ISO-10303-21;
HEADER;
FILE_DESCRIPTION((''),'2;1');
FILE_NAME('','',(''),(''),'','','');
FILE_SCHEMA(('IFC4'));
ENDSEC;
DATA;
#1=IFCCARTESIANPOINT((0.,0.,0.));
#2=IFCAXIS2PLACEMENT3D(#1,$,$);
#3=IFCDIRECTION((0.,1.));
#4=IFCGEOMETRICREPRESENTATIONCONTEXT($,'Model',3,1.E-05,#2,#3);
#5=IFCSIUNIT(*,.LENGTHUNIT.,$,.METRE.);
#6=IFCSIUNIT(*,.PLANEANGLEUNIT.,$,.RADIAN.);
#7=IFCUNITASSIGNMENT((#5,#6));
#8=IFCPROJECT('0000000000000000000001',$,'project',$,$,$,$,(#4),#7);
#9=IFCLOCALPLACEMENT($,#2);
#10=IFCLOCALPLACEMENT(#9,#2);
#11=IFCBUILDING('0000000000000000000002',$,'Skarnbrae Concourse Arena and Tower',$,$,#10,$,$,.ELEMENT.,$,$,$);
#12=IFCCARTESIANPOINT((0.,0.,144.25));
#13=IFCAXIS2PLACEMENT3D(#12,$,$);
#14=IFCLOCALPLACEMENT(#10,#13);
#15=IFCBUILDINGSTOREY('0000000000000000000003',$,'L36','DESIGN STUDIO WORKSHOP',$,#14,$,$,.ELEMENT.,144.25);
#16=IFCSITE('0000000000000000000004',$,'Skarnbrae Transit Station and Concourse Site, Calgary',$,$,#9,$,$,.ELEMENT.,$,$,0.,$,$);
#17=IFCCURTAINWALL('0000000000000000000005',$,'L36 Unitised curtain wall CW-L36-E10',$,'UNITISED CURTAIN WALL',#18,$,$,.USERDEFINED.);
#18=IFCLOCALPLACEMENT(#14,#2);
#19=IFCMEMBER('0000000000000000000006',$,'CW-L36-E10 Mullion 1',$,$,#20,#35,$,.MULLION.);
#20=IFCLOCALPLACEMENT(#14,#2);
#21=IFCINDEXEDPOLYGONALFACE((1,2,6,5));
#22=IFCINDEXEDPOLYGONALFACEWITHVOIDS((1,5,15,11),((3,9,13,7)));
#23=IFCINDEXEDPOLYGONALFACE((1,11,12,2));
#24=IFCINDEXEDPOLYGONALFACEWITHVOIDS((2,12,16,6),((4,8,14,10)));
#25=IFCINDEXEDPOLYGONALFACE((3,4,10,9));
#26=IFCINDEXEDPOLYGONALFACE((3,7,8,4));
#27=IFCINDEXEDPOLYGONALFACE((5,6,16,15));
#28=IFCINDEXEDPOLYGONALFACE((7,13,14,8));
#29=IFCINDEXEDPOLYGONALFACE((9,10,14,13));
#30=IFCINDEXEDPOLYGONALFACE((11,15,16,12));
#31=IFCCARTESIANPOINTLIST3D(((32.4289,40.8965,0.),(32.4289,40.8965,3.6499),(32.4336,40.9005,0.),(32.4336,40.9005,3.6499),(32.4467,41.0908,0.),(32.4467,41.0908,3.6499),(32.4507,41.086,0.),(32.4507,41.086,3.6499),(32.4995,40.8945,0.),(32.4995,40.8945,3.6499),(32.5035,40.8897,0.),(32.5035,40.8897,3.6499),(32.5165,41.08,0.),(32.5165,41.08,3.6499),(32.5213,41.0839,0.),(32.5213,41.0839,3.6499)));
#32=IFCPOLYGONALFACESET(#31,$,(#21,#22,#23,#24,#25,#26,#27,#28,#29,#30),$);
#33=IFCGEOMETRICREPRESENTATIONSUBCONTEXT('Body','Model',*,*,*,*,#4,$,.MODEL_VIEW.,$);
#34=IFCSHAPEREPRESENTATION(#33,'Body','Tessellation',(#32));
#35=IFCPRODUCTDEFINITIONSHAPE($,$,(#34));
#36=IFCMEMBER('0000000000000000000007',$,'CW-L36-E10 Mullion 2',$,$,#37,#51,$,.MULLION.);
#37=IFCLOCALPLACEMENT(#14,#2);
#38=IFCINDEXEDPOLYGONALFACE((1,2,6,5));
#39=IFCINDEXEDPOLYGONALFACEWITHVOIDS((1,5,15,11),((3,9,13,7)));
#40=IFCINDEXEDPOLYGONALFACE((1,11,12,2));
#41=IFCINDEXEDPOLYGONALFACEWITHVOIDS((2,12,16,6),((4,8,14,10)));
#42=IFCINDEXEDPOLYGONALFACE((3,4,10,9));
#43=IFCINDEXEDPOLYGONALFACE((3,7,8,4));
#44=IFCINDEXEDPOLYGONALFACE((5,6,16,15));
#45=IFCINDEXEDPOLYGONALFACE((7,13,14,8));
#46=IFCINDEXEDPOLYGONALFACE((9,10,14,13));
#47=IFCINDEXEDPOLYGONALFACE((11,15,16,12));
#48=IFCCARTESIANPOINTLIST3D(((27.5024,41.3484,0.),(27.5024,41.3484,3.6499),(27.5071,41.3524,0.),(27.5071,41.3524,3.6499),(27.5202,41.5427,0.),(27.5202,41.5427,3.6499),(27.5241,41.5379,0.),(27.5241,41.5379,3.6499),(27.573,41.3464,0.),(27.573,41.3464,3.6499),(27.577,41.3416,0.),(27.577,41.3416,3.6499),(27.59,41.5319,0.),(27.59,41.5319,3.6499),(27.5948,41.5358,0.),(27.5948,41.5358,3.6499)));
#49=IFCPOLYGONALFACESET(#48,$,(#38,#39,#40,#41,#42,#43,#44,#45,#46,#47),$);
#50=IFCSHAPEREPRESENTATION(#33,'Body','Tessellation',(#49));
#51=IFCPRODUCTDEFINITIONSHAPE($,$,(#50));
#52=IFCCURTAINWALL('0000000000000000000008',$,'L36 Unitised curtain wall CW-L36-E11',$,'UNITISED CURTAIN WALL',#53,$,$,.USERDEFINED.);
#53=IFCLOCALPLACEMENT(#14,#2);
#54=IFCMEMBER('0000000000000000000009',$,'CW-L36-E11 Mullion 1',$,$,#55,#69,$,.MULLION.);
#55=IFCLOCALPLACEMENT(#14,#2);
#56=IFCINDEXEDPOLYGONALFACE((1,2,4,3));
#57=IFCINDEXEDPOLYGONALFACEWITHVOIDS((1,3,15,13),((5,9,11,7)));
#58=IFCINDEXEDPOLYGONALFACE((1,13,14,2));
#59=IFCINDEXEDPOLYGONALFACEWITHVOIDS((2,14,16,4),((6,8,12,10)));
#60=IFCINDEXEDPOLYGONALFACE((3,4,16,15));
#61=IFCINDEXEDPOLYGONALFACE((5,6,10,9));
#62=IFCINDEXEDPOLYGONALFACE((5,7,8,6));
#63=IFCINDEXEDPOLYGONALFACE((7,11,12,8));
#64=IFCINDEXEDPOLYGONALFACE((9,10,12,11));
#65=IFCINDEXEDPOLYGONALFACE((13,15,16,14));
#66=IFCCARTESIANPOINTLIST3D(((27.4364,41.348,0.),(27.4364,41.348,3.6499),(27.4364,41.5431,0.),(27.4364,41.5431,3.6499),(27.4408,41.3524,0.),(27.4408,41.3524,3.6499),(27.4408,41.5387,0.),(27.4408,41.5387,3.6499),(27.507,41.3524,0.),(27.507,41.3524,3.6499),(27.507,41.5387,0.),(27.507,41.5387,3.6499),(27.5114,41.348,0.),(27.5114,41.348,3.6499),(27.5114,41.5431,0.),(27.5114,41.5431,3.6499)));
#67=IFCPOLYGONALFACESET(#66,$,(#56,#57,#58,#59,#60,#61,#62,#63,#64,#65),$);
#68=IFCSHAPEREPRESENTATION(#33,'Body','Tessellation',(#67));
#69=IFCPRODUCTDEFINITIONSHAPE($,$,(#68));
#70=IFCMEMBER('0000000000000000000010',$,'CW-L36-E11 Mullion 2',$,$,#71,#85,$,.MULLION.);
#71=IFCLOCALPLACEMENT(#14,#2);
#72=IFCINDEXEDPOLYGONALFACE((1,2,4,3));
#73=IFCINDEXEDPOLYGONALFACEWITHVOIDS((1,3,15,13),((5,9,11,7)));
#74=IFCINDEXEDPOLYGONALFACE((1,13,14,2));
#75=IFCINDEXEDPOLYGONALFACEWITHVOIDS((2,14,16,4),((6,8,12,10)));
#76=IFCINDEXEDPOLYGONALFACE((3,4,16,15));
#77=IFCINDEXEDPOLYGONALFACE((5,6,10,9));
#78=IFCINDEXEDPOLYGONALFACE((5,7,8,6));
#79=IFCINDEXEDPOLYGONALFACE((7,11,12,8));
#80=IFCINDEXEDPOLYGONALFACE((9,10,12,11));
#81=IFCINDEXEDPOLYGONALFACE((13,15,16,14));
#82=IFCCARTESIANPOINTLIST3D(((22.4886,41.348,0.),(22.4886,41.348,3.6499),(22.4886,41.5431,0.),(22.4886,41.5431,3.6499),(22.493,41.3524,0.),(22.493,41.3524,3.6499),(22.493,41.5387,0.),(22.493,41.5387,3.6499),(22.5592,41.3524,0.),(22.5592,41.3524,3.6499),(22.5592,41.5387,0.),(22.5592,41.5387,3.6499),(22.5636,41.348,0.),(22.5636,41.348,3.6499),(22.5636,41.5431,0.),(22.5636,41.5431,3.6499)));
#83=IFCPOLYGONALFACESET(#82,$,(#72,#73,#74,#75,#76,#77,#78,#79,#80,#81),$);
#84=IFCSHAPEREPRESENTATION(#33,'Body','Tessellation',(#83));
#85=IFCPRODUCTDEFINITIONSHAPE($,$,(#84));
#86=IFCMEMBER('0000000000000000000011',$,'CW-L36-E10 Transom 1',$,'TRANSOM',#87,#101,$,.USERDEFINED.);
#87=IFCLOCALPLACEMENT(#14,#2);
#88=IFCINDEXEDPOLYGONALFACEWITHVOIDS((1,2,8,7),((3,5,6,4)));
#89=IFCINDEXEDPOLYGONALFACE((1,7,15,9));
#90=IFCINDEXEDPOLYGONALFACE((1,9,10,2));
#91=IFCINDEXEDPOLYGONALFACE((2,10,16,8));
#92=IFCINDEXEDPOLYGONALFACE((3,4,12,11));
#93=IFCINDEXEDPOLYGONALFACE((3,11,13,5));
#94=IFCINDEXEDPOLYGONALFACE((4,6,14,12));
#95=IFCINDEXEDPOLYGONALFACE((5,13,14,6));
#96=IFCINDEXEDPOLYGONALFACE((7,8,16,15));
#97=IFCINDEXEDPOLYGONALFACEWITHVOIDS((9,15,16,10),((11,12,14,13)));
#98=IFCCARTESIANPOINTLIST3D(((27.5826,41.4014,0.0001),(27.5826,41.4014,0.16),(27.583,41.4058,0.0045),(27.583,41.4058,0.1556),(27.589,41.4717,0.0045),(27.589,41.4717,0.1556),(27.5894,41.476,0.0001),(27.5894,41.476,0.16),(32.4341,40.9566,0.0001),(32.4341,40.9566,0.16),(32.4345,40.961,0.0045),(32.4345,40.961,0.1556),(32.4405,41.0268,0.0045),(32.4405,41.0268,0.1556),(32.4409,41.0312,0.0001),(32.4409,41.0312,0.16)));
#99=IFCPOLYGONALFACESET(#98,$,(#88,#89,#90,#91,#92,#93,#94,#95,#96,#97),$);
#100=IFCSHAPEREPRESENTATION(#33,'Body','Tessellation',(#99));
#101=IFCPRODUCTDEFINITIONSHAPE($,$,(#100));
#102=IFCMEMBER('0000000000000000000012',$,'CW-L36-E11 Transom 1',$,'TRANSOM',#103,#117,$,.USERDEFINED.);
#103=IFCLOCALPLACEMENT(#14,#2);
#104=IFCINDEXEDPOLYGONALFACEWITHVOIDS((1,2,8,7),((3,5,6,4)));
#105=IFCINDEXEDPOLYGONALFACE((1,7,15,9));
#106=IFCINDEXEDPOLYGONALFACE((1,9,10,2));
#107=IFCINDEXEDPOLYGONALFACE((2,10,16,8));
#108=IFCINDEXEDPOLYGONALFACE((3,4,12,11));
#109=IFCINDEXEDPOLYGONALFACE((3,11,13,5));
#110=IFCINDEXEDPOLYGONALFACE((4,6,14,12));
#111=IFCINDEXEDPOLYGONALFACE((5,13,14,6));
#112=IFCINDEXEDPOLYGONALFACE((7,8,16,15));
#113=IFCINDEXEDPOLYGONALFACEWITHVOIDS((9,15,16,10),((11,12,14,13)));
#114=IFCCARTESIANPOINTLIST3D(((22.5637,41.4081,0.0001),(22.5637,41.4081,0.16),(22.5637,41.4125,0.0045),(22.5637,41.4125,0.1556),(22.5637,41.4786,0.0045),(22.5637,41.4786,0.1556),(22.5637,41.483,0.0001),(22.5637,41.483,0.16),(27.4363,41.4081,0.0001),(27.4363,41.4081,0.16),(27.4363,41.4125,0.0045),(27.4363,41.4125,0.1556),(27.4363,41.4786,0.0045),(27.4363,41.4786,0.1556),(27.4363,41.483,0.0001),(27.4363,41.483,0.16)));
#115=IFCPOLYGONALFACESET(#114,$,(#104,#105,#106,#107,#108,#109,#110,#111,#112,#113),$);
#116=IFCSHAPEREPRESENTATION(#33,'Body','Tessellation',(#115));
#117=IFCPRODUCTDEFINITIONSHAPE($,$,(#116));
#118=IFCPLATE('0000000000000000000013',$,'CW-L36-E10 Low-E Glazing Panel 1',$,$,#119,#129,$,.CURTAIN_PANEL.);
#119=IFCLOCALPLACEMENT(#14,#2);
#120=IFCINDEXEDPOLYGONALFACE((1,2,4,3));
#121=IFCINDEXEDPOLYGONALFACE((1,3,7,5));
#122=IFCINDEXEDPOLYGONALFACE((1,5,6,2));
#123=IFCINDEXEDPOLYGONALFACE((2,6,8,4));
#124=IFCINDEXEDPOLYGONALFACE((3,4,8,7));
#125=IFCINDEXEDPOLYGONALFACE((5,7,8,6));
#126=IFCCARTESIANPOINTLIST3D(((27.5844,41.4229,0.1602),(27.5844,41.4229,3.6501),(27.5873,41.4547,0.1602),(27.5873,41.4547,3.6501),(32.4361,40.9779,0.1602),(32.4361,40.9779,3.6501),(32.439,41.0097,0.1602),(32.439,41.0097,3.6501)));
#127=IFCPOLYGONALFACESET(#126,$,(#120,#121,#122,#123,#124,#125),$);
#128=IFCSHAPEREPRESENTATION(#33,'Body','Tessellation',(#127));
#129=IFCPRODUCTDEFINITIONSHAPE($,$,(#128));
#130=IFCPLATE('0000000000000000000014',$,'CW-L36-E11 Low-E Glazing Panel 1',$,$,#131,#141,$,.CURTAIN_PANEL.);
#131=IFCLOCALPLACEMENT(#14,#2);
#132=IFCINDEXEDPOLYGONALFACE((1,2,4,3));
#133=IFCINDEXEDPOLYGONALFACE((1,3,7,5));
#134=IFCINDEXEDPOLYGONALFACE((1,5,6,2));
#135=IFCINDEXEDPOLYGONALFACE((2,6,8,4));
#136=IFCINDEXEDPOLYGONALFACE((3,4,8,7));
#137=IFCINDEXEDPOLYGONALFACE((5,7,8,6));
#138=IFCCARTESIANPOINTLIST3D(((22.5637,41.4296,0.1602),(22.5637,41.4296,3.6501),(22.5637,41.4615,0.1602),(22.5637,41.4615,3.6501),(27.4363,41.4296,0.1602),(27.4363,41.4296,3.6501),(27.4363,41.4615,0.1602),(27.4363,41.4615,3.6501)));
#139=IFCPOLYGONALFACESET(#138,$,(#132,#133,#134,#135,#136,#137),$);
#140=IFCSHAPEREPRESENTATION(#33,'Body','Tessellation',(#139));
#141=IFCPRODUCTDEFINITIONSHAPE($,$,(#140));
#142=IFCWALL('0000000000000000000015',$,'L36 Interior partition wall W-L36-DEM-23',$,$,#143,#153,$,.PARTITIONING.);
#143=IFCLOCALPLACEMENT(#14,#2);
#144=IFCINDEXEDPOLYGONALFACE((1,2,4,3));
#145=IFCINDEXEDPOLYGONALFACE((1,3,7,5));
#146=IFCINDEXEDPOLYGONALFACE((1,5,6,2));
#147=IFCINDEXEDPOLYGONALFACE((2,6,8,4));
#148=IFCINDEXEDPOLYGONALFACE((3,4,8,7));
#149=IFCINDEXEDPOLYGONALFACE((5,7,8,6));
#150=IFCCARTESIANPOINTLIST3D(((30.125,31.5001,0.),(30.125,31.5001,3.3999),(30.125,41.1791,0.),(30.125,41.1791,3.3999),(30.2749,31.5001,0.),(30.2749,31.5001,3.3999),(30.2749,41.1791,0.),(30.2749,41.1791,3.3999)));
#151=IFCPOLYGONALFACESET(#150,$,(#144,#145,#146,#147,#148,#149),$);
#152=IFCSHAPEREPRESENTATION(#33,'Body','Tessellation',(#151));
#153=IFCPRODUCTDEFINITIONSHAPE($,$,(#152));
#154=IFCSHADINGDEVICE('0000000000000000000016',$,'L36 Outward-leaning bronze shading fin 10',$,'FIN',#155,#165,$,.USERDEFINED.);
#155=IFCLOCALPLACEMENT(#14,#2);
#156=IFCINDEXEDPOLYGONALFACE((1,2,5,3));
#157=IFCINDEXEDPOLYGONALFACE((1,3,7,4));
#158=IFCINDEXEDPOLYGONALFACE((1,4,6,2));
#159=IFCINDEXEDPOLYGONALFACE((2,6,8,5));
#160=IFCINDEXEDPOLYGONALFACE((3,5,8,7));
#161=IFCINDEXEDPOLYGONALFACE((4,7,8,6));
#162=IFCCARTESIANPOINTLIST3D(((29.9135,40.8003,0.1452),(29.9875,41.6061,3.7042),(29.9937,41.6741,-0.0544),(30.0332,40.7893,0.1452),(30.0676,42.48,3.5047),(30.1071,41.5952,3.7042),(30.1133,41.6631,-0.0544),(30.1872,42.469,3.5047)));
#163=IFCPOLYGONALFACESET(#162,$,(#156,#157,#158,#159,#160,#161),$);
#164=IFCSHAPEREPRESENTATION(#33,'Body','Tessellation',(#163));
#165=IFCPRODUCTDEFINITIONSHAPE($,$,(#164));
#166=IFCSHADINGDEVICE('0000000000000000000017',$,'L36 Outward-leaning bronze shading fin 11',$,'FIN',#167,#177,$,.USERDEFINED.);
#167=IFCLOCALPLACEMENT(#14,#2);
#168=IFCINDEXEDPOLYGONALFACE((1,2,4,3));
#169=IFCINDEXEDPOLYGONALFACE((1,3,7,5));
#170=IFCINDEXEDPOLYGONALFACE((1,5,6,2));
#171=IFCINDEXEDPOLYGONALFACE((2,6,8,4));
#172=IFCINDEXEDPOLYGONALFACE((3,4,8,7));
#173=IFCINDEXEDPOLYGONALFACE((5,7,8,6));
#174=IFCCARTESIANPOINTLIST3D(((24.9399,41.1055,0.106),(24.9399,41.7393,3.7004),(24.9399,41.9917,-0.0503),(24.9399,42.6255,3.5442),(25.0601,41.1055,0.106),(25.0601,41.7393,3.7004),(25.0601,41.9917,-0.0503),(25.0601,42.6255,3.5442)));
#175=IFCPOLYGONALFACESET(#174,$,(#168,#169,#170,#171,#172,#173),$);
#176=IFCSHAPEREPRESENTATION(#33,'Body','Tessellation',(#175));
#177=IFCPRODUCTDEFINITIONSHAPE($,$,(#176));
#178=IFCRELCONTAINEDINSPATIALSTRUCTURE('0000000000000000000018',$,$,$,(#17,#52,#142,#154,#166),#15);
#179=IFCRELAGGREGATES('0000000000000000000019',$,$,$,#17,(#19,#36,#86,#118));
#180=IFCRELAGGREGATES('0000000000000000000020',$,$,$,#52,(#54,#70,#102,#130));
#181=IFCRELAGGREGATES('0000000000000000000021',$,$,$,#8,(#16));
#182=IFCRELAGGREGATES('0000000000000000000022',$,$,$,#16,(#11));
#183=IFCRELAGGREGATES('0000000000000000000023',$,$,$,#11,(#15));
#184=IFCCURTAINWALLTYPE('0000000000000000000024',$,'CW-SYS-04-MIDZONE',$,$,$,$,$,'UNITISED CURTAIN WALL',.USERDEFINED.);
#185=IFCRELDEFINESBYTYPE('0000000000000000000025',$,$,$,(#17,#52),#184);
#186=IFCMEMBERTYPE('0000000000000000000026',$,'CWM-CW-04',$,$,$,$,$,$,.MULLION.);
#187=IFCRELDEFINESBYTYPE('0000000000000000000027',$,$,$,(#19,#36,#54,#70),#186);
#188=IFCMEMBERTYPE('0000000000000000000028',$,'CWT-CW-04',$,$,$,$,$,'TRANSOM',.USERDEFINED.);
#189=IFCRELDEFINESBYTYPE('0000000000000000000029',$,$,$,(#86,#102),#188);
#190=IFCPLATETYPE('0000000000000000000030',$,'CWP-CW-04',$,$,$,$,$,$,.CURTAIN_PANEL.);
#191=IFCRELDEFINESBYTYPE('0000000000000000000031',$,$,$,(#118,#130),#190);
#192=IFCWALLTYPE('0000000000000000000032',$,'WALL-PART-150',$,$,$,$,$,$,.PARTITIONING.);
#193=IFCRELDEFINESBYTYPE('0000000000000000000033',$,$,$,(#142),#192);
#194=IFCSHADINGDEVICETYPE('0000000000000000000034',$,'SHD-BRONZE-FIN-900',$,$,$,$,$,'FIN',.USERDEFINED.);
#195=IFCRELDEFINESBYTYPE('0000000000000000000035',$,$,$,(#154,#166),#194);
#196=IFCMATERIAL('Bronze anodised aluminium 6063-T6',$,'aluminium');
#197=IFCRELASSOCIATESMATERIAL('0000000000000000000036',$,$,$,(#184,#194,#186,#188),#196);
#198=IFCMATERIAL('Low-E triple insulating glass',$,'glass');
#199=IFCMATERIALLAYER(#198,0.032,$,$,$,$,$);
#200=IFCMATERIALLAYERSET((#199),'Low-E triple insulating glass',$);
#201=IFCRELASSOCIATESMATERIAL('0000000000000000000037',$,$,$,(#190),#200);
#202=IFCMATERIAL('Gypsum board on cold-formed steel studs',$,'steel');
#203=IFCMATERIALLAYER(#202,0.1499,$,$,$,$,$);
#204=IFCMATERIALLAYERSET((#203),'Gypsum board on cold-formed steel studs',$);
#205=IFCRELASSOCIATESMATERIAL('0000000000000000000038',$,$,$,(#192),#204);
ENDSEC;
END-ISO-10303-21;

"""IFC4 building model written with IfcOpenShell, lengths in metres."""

from ifc_helpers import new_model, si_unit, direction, frame, frame_2d, origin, origin_2d, place, context, subcontext, project, spatial, rectangle, hollow_rectangle, extrude, source, transform, mapped, material, layer, layer_set, material_profile, profile_set, type_object, element, aggregate, save


model = new_model("IFC4")

# Units and contexts
model_context = context("Model", 3, precision=1e-05, world=origin(), true_north=direction((0.0, 1.0)))
body_context = subcontext(model_context, "Body", "Model", "MODEL_VIEW")
ifc_project = project(units=[si_unit("LENGTHUNIT", "METRE"), si_unit("PLANEANGLEUNIT", "RADIAN")], contexts=[model_context])

# Site, building, storey
site_placement = place(None, origin())
site = spatial("IfcSite", under=ifc_project, at=site_placement, Name="Skarnbrae Transit Station and Concourse Site, Calgary", CompositionType="ELEMENT", RefElevation=0.0)
building_placement = place(site_placement, origin())
building = spatial("IfcBuilding", under=site, at=building_placement, Name="Skarnbrae Concourse Arena and Tower", CompositionType="ELEMENT")
storey_placement = place(building_placement, frame((0.0, 0.0, 144.25)))
storey = spatial("IfcBuildingStorey", under=building, at=storey_placement, Name="L36", Description="DESIGN STUDIO WORKSHOP", CompositionType="ELEMENT", Elevation=144.25)

# Shared definitions
ifc_material_1 = material(Name="Bronze anodised aluminium 6063-T6", Category="aluminium")
curtain_wall_type = type_object("IfcCurtainWallType", Name="CW-SYS-04-MIDZONE", ElementType="UNITISED CURTAIN WALL", PredefinedType="USERDEFINED", material=ifc_material_1)
ifc_material_profile_1 = material_profile(ifc_material_1, hollow_rectangle(XDim=0.075, YDim=0.1951, WallThickness=0.0044, at=origin_2d()), Name="ALU-MULL-75X195")
ifc_profile_set_1 = profile_set([ifc_material_profile_1], Name="Bronze anodised aluminium 6063-T6")
member_type_1 = type_object("IfcMemberType", Name="CWM-CW-04", PredefinedType="MULLION", material=ifc_profile_set_1)
shared_shape_1 = source(origin(), body_context, "Body", "SweptSolid", [
    extrude(hollow_rectangle(XDim=0.075, YDim=0.1951, WallThickness=0.0044, at=origin_2d()), origin(), (0.0, 0.0, 1.0), 3.6499),
])

# Curtain walls, members
curtain_wall_1_placement = place(storey_placement, origin())
curtain_wall_1 = element("IfcCurtainWall", 1, at=curtain_wall_1_placement, inside=storey, type_object=curtain_wall_type, Name="L36 Unitised curtain wall CW-L36-E10", ObjectType="UNITISED CURTAIN WALL", PredefinedType="USERDEFINED")
member_1_placement = place(storey_placement, frame((32.4751, 40.9902, 0.0), z_axis=(0.0, 0.0, 1.0), x_axis=(-0.99582, 0.091338, 0.0)))
member_1 = element("IfcMember", 2, at=member_1_placement, type_object=member_type_1, Name="CW-L36-E10 Mullion 1", PredefinedType="MULLION", context=body_context, shape_type="MappedRepresentation", body=[
    mapped(shared_shape_1, transform((0.0, 0.0, 0.0))),
])
member_2_placement = place(storey_placement, frame((27.5486, 41.4421, 0.0), z_axis=(0.0, 0.0, 1.0), x_axis=(-0.99582, 0.091338, 0.0)))
member_2 = element("IfcMember", 3, at=member_2_placement, type_object=member_type_1, Name="CW-L36-E10 Mullion 2", PredefinedType="MULLION", context=body_context, shape_type="MappedRepresentation", body=[
    mapped(shared_shape_1, transform((0.0, 0.0, 0.0))),
])
curtain_wall_2_placement = place(storey_placement, origin())
curtain_wall_2 = element("IfcCurtainWall", 4, at=curtain_wall_2_placement, inside=storey, type_object=curtain_wall_type, Name="L36 Unitised curtain wall CW-L36-E11", ObjectType="UNITISED CURTAIN WALL", PredefinedType="USERDEFINED")
member_3_placement = place(storey_placement, frame((27.4739, 41.4456, 0.0), z_axis=(0.0, 0.0, 1.0), x_axis=(-1.0, 0.0, 0.0)))
member_3 = element("IfcMember", 5, at=member_3_placement, type_object=member_type_1, Name="CW-L36-E11 Mullion 1", PredefinedType="MULLION", context=body_context, shape_type="MappedRepresentation", body=[
    mapped(shared_shape_1, transform((0.0, 0.0, 0.0))),
])
member_4_placement = place(storey_placement, frame((22.5261, 41.4456, 0.0), z_axis=(0.0, 0.0, 1.0), x_axis=(-1.0, 0.0, 0.0)))
member_4 = element("IfcMember", 6, at=member_4_placement, type_object=member_type_1, Name="CW-L36-E11 Mullion 2", PredefinedType="MULLION", context=body_context, shape_type="MappedRepresentation", body=[
    mapped(shared_shape_1, transform((0.0, 0.0, 0.0))),
])

# Members
ifc_material_profile_2 = material_profile(ifc_material_1, hollow_rectangle(XDim=0.075, YDim=0.1599, WallThickness=0.0044, at=origin_2d()), Name="ALU-TRAN-75X160")
ifc_profile_set_2 = profile_set([ifc_material_profile_2], Name="Bronze anodised aluminium 6063-T6")
member_type_2 = type_object("IfcMemberType", Name="CWT-CW-04", ElementType="TRANSOM", PredefinedType="USERDEFINED", material=ifc_profile_set_2)
shared_shape_2 = source(origin(), body_context, "Body", "SweptSolid", [
    extrude(hollow_rectangle(XDim=0.075, YDim=0.1599, WallThickness=0.0044, at=origin_2d()), origin(), (0.0, 0.0, 1.0), 4.8718),
])
member_5_placement = place(storey_placement, frame((32.4375, 40.9939, 0.0801), z_axis=(-0.995823, 0.091304, 0.0), x_axis=(-0.091304, -0.995823, 0.0)))
member_5 = element("IfcMember", 7, at=member_5_placement, type_object=member_type_2, Name="CW-L36-E10 Transom 1", ObjectType="TRANSOM", PredefinedType="USERDEFINED", context=body_context, shape_type="MappedRepresentation", body=[
    mapped(shared_shape_2, transform((0.0, 0.0, 0.0))),
])
shared_shape_3 = source(origin(), body_context, "Body", "SweptSolid", [
    extrude(hollow_rectangle(XDim=0.075, YDim=0.1599, WallThickness=0.0044, at=origin_2d()), origin(), (0.0, 0.0, 1.0), 4.8726),
])
member_6_placement = place(storey_placement, frame((27.4363, 41.4456, 0.0801), z_axis=(-1.0, 0.0, 0.0), x_axis=(0.0, -1.0, 0.0)))
member_6 = element("IfcMember", 8, at=member_6_placement, type_object=member_type_2, Name="CW-L36-E11 Transom 1", ObjectType="TRANSOM", PredefinedType="USERDEFINED", context=body_context, shape_type="MappedRepresentation", body=[
    mapped(shared_shape_3, transform((0.0, 0.0, 0.0))),
])

# Plates
ifc_material_2 = material(Name="Low-E triple insulating glass", Category="glass")
ifc_layer_1 = layer(ifc_material_2, 0.032)
ifc_layer_set_1 = layer_set([ifc_layer_1], Name="Low-E triple insulating glass")
plate_type = type_object("IfcPlateType", Name="CWP-CW-04", PredefinedType="CURTAIN_PANEL", material=ifc_layer_set_1)
shared_shape_4 = source(origin(), body_context, "Body", "SweptSolid", [
    extrude(rectangle(XDim=4.8721, YDim=0.032, at=origin_2d()), origin(), (0.0, 0.0, 1.0), 3.49),
])
plate_1_placement = place(storey_placement, frame((30.0117, 41.2163, 0.1602), z_axis=(0.0, 0.0, 1.0), x_axis=(-0.99582, 0.091338, 0.0)))
plate_1 = element("IfcPlate", 9, at=plate_1_placement, type_object=plate_type, Name="CW-L36-E10 Low-E Glazing Panel 1", PredefinedType="CURTAIN_PANEL", context=body_context, shape_type="MappedRepresentation", body=[
    mapped(shared_shape_4, transform((0.0, 0.0, 0.0))),
])
aggregate(curtain_wall_1, [member_1, member_2, member_5, plate_1])
shared_shape_5 = source(origin(), body_context, "Body", "SweptSolid", [
    extrude(rectangle(XDim=4.8726, YDim=0.032, at=origin_2d()), origin(), (0.0, 0.0, 1.0), 3.49),
])
plate_2_placement = place(storey_placement, frame((25.0, 41.4456, 0.1602), z_axis=(0.0, 0.0, 1.0), x_axis=(-1.0, 0.0, 0.0)))
plate_2 = element("IfcPlate", 10, at=plate_2_placement, type_object=plate_type, Name="CW-L36-E11 Low-E Glazing Panel 1", PredefinedType="CURTAIN_PANEL", context=body_context, shape_type="MappedRepresentation", body=[
    mapped(shared_shape_5, transform((0.0, 0.0, 0.0))),
])
aggregate(curtain_wall_2, [member_3, member_4, member_6, plate_2])

# Wall
ifc_material_3 = material(Name="Gypsum board on cold-formed steel studs", Category="steel")
ifc_layer_2 = layer(ifc_material_3, 0.1499)
ifc_layer_set_2 = layer_set([ifc_layer_2], Name="Gypsum board on cold-formed steel studs")
wall_type = type_object("IfcWallType", Name="WALL-PART-150", PredefinedType="PARTITIONING", material=ifc_layer_set_2)
shared_shape_6 = source(origin(), body_context, "Body", "SweptSolid", [
    extrude(rectangle(XDim=9.679, YDim=0.1499, at=frame_2d((4.8394, 0.0))), origin(), (0.0, 0.0, 1.0), 3.3999),
])
wall_placement = place(storey_placement, frame((30.2, 41.179, 0.0), z_axis=(0.0, 0.0, 1.0), x_axis=(0.0, -1.0, 0.0)))
element("IfcWall", 11, at=wall_placement, inside=storey, type_object=wall_type, Name="L36 Interior partition wall W-L36-DEM-23", PredefinedType="PARTITIONING", context=body_context, shape_type="MappedRepresentation", body=[
    mapped(shared_shape_6, transform((0.0, 0.0, 0.0))),
])

# Shading devices
shading_device_type = type_object("IfcShadingDeviceType", Name="SHD-BRONZE-FIN-900", ElementType="FIN", PredefinedType="USERDEFINED", material=ifc_material_1)
shared_shape_7 = source(origin(), body_context, "Body", "SweptSolid", [
    extrude(rectangle(XDim=0.1201, YDim=0.8999, at=origin_2d()), origin(), (0.0, 0.0, 1.0), 3.6499),
])
for number, where, z_axis, x_axis, name in (
    (12, (30.0134, 41.2317, 0.0454), (0.020253, 0.220792, 0.975111), (0.995819, -0.091345, 0.0), "L36 Outward-leaning bronze shading fin 10"),
    (13, (25.0, 41.5486, 0.0278), (0.0, 0.173648, 0.984808), (1.0, 0.0, 0.0), "L36 Outward-leaning bronze shading fin 11"),
):
    element("IfcShadingDevice", number, at=place(storey_placement, frame(where, z_axis=z_axis, x_axis=x_axis)), inside=storey, type_object=shading_device_type, Name=name, ObjectType="FIN", PredefinedType="USERDEFINED", context=body_context, shape_type="MappedRepresentation", body=[
        mapped(shared_shape_7, transform((0.0, 0.0, 0.0))),
    ])

save(model, "model.ifc")
